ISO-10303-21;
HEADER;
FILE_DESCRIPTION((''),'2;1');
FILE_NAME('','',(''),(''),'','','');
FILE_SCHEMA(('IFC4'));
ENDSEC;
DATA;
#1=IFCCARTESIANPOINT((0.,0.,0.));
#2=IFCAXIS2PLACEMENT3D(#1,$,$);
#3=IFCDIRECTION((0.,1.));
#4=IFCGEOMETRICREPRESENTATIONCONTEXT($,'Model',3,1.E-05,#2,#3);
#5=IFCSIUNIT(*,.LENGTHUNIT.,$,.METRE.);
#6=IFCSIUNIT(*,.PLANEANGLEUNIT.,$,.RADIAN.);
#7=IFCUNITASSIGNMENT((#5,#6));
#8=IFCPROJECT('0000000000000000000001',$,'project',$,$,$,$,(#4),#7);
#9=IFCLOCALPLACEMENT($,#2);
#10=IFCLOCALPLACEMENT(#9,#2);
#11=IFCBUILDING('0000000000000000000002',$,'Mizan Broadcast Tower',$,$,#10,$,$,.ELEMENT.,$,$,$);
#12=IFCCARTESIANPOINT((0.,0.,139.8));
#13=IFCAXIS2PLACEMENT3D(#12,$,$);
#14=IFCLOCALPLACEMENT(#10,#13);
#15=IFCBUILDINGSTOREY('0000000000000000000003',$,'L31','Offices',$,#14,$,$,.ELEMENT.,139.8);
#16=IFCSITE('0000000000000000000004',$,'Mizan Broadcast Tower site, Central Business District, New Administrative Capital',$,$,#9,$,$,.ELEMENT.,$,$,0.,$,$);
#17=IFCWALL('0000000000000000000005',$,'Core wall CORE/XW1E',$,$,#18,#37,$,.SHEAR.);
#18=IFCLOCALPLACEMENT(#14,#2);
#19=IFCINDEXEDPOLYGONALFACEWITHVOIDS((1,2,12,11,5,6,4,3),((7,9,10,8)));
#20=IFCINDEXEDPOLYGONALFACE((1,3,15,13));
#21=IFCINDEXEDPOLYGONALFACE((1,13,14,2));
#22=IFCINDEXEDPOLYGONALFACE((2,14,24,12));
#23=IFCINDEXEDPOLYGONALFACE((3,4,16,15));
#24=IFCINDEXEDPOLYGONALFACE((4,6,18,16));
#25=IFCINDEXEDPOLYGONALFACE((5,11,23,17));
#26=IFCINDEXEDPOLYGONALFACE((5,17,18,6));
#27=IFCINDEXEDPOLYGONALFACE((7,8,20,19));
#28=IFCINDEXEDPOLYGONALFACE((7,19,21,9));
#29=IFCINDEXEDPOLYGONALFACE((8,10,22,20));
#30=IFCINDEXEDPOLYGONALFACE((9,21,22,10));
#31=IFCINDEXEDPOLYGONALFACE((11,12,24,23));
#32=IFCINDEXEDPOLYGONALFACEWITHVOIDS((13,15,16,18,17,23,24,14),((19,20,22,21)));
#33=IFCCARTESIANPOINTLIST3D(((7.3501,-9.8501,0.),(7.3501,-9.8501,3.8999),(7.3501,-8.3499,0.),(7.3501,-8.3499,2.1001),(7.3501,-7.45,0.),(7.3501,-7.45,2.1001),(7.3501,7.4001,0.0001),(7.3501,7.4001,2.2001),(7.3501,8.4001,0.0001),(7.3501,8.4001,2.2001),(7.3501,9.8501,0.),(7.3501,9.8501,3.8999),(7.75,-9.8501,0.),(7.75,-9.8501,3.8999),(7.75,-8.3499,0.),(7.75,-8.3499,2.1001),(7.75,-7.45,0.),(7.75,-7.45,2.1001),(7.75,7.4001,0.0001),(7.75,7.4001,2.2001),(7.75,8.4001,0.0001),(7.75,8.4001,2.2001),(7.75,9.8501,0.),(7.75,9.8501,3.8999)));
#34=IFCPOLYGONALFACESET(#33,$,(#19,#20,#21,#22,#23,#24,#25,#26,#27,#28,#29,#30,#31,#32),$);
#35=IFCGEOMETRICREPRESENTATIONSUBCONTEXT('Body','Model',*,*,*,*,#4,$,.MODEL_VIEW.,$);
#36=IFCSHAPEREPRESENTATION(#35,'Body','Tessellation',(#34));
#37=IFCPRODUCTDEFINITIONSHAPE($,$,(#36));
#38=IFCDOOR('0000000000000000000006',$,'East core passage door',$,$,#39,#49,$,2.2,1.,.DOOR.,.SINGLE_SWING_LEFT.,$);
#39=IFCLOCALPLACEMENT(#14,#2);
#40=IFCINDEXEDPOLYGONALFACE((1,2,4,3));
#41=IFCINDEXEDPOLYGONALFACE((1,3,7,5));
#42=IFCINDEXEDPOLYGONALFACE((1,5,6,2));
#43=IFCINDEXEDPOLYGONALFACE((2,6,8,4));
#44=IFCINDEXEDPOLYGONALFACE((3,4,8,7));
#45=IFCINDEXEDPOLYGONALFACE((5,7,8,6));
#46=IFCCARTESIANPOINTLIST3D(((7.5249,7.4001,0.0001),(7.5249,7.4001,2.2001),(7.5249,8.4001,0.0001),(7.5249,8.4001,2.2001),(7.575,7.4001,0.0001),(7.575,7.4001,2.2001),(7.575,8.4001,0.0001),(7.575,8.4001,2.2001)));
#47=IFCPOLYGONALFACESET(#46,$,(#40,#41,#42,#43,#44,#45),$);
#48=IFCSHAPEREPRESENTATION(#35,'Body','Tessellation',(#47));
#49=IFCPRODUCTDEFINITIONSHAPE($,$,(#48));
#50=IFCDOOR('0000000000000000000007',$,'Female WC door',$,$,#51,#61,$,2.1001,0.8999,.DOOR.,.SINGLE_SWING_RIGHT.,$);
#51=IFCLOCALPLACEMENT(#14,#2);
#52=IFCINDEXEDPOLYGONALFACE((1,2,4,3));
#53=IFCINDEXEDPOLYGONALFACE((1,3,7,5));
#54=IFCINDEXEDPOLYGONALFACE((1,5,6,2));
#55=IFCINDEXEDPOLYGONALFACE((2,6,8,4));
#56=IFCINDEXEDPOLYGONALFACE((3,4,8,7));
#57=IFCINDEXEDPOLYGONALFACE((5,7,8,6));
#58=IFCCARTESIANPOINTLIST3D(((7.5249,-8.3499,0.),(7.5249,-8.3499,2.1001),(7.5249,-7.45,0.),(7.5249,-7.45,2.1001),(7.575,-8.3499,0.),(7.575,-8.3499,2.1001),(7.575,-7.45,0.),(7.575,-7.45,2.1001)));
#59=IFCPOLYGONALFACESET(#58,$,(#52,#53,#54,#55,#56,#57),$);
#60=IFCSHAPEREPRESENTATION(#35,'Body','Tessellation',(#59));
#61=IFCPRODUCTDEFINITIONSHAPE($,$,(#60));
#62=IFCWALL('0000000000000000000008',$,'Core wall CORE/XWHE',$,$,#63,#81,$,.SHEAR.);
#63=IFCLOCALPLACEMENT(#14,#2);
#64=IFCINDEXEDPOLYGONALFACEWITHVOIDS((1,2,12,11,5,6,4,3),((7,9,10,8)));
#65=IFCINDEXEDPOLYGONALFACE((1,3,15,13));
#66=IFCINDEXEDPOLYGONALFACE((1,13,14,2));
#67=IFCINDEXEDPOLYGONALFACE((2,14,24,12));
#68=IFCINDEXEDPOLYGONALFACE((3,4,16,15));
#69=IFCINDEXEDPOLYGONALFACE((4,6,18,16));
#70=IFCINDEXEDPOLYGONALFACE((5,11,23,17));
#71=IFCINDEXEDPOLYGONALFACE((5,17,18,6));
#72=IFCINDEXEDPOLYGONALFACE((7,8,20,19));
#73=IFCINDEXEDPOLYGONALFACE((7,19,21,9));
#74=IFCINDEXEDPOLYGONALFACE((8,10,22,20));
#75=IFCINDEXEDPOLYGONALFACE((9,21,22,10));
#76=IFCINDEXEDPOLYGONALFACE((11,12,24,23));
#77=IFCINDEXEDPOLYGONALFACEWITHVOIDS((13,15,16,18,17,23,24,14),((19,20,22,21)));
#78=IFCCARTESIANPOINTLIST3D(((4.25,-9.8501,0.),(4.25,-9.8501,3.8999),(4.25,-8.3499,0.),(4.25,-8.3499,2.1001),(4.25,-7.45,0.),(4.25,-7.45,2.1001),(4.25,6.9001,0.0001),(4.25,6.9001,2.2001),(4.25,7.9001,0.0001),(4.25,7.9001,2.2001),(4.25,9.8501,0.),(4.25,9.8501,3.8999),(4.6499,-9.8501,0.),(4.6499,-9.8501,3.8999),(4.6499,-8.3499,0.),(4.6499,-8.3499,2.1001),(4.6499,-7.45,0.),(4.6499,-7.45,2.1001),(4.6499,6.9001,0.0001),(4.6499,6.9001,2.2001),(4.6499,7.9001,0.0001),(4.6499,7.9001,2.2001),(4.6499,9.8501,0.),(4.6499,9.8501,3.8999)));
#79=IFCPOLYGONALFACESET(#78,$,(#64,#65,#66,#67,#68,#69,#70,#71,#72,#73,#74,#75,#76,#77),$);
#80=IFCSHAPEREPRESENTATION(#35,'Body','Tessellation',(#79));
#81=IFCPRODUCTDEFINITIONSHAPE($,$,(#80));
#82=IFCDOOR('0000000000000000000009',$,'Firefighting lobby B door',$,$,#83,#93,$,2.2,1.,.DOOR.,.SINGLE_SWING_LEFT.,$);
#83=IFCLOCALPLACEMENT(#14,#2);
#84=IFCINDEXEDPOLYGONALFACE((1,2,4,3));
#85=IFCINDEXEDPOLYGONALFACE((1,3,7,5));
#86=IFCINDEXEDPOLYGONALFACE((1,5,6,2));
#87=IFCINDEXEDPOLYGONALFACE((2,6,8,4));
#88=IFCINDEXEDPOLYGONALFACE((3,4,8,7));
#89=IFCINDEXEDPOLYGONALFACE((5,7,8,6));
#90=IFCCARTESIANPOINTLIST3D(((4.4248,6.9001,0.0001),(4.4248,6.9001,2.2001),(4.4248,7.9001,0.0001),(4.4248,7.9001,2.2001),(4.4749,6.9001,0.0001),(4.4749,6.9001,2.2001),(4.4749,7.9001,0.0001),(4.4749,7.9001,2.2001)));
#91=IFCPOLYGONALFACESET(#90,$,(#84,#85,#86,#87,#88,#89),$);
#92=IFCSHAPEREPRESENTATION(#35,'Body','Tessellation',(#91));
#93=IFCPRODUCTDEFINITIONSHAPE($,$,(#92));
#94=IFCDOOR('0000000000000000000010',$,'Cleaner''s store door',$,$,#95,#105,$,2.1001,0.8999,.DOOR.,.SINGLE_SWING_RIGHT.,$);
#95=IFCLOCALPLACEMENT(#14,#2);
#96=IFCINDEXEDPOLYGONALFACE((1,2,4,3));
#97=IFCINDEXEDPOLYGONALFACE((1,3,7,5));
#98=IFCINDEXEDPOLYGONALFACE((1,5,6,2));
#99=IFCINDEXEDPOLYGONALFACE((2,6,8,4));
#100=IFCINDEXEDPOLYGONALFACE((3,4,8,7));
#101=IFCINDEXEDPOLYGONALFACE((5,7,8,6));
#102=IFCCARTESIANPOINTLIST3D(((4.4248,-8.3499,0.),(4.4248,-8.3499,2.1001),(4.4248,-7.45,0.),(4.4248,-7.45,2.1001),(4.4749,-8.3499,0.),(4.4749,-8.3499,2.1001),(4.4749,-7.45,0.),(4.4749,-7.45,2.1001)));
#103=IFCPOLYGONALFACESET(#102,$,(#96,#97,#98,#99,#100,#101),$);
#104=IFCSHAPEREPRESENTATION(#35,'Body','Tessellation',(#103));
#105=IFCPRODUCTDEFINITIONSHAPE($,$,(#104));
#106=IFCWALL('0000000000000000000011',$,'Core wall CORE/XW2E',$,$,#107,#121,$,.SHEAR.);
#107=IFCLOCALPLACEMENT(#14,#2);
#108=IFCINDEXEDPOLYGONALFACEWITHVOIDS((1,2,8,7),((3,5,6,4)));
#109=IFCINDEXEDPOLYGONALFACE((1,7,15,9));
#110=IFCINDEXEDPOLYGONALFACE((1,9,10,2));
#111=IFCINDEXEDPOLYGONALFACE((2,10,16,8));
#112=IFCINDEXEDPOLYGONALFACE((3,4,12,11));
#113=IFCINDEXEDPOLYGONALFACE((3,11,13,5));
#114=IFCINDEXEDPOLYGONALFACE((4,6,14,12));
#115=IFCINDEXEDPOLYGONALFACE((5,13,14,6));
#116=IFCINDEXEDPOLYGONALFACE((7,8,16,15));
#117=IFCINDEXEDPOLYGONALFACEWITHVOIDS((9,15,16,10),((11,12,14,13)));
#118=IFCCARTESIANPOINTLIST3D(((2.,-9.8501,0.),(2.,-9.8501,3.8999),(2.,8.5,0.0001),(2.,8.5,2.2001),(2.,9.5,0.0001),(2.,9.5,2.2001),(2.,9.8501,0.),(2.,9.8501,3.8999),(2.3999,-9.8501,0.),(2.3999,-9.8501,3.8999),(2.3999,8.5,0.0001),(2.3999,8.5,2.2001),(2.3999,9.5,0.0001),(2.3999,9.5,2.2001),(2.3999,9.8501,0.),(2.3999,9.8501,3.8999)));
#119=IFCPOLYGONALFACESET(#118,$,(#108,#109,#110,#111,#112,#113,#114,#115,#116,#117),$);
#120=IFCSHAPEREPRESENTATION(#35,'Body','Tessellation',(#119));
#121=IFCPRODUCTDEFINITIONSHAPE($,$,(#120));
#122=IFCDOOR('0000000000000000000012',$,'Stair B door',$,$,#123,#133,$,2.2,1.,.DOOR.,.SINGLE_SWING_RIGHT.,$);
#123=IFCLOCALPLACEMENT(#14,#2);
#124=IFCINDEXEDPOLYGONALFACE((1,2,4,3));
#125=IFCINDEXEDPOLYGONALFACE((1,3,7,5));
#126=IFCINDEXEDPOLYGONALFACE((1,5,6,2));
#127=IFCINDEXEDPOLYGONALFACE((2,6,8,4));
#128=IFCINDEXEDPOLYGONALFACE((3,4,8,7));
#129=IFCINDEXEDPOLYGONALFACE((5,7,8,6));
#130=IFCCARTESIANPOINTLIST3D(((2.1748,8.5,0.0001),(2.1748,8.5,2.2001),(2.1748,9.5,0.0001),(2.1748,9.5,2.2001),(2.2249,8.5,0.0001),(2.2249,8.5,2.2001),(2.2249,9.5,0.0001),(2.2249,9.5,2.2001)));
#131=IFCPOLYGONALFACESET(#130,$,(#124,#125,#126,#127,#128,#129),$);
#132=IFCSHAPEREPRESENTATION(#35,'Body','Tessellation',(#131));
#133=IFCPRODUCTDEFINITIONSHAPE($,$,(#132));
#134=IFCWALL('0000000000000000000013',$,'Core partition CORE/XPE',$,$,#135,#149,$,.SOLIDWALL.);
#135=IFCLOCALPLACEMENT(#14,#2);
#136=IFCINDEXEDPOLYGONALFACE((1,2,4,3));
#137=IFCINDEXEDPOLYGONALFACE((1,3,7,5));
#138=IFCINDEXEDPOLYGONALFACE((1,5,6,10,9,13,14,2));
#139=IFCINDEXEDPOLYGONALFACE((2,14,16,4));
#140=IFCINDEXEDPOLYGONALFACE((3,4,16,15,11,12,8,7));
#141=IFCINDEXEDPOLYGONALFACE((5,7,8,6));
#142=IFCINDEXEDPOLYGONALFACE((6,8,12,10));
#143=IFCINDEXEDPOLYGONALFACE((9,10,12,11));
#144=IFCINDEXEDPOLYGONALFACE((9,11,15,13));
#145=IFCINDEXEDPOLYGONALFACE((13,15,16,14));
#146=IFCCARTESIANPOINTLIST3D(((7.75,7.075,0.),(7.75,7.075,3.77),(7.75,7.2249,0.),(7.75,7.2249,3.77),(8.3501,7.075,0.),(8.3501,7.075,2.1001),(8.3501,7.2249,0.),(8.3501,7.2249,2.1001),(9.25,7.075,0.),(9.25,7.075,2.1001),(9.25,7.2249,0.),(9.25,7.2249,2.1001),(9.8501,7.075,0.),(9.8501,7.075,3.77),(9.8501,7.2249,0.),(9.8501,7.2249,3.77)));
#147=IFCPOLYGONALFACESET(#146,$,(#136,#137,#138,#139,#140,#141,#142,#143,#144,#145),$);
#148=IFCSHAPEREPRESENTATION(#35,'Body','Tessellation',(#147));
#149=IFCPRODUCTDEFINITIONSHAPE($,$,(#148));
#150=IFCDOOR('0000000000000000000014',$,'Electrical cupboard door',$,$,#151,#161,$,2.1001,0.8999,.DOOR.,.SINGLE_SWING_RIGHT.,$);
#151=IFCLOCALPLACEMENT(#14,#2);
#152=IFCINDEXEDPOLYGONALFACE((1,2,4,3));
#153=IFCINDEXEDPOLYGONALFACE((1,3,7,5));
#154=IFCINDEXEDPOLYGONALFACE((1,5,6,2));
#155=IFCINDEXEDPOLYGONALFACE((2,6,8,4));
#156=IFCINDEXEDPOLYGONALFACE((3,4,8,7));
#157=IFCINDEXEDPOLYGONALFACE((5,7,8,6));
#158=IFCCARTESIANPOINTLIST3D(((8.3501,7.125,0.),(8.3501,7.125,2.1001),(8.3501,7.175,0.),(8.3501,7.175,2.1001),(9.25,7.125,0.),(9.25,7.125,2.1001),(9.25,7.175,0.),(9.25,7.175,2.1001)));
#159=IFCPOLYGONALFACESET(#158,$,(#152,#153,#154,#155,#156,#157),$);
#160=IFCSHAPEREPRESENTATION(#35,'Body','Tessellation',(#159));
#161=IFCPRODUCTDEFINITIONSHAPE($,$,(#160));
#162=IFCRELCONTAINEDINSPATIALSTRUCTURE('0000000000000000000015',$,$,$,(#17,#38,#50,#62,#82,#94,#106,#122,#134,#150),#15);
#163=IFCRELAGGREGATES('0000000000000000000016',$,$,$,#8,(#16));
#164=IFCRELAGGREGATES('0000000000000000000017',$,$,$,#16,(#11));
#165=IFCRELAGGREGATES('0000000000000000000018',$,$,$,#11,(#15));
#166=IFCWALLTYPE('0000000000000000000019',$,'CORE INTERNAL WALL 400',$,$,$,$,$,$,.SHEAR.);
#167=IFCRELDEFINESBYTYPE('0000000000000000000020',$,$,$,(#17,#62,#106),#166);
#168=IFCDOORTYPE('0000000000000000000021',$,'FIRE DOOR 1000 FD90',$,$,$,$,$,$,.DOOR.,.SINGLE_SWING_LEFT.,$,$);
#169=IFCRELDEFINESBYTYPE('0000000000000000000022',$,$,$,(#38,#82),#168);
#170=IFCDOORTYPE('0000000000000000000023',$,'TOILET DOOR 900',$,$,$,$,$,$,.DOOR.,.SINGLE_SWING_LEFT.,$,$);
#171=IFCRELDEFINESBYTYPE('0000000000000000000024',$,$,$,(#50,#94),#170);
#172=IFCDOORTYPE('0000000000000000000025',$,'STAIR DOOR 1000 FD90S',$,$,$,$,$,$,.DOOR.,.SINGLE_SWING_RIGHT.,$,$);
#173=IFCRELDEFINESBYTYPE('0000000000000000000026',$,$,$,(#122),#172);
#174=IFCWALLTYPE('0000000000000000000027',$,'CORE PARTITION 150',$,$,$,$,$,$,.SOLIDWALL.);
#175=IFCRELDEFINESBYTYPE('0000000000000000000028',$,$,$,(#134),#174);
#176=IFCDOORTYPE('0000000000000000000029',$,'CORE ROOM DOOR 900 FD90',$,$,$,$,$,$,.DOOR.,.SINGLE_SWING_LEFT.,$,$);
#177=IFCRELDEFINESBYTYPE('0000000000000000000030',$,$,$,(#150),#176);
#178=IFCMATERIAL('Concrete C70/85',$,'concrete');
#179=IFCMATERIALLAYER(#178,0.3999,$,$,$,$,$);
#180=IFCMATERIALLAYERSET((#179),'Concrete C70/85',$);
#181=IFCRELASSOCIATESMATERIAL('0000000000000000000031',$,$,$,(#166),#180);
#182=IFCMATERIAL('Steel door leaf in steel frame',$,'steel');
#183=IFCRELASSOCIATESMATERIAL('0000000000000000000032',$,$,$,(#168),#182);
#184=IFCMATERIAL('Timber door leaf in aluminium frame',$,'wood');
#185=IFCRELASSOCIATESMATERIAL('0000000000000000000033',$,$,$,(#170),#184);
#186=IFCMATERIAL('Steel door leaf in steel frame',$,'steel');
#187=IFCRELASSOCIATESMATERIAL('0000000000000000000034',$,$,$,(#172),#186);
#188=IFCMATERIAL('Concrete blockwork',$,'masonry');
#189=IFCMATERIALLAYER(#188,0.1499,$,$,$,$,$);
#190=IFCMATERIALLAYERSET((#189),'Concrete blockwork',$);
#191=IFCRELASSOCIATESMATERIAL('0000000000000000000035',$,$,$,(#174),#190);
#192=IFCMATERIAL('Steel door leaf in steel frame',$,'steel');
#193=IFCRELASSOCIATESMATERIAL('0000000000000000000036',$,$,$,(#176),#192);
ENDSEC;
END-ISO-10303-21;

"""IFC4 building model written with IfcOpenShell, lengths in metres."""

from ifc_helpers import new_model, si_unit, direction, frame, frame_2d, origin, place, context, subcontext, project, spatial, rectangle, extrude, material, layer, layer_set, type_object, element, fill, save


model = new_model("IFC4")

# Units and contexts
model_context = context("Model", 3, precision=1e-05, world=origin(), true_north=direction((0.0, 1.0)))
body_context = subcontext(model_context, "Body", "Model", "MODEL_VIEW")
ifc_project = project(units=[si_unit("LENGTHUNIT", "METRE"), si_unit("PLANEANGLEUNIT", "RADIAN")], contexts=[model_context])

# Site, building, storey
site_placement = place(None, origin())
site = spatial("IfcSite", under=ifc_project, at=site_placement, Name="Mizan Broadcast Tower site, Central Business District, New Administrative Capital", CompositionType="ELEMENT", RefElevation=0.0)
building_placement = place(site_placement, origin())
building = spatial("IfcBuilding", under=site, at=building_placement, Name="Mizan Broadcast Tower", CompositionType="ELEMENT")
storey_placement = place(building_placement, frame((0.0, 0.0, 139.8)))
storey = spatial("IfcBuildingStorey", under=building, at=storey_placement, Name="L31", Description="Offices", CompositionType="ELEMENT", Elevation=139.8)

# Walls, openings, doors
ifc_material_1 = material(Name="Concrete C70/85", Category="concrete")
ifc_layer_1 = layer(ifc_material_1, 0.3999)
ifc_layer_set_1 = layer_set([ifc_layer_1], Name="Concrete C70/85")
wall_type_1 = type_object("IfcWallType", Name="CORE INTERNAL WALL 400", PredefinedType="SHEAR", material=ifc_layer_set_1)
wall_1_placement = place(storey_placement, frame((7.55, 9.8501, 0.0), z_axis=(0.0, 0.0, 1.0), x_axis=(0.0, -1.0, 0.0)))
wall_1 = element("IfcWall", 1, at=wall_1_placement, inside=storey, type_object=wall_type_1, Name="Core wall CORE/XW1E", PredefinedType="SHEAR", context=body_context, shape_type="SweptSolid", body=[
    extrude(rectangle(XDim=19.7002, YDim=0.3999, at=frame_2d((9.8501, 0.0))), origin(), (0.0, 0.0, 1.0), 3.8999),
])
opening_1_placement = place(wall_1_placement, frame((1.45, 0.0, 0.0)))
opening_1 = element("IfcOpeningElement", 2, at=opening_1_placement, cuts=wall_1, PredefinedType="OPENING", context=body_context, shape_type="SweptSolid", body=[
    extrude(rectangle(XDim=1.0, YDim=2.2, at=frame_2d((0.5, 1.1001))), frame((0.0, 0.21, 0.0), z_axis=(0.0, -1.0, 0.0), x_axis=(1.0, 0.0, 0.0)), (0.0, 0.0, 1.0), 0.4199),
])
opening_2_placement = place(wall_1_placement, frame((17.3, 0.0, 0.0)))
opening_2 = element("IfcOpeningElement", 3, at=opening_2_placement, cuts=wall_1, PredefinedType="OPENING", context=body_context, shape_type="SweptSolid", body=[
    extrude(rectangle(XDim=0.8999, YDim=2.1001, at=frame_2d((0.45, 1.05))), frame((0.0, 0.21, 0.0), z_axis=(0.0, -1.0, 0.0), x_axis=(1.0, 0.0, 0.0)), (0.0, 0.0, 1.0), 0.4199),
])
ifc_material_2 = material(Name="Steel door leaf in steel frame", Category="steel")
door_type_1 = type_object("IfcDoorType", Name="FIRE DOOR 1000 FD90", OperationType="SINGLE_SWING_LEFT", PredefinedType="DOOR", material=ifc_material_2)
door_1_placement = place(opening_1_placement, origin())
door_1 = element("IfcDoor", 4, at=door_1_placement, inside=storey, type_object=door_type_1, Name="East core passage door", OperationType="SINGLE_SWING_LEFT", OverallHeight=2.2, OverallWidth=1.0, PredefinedType="DOOR", context=body_context, shape_type="SweptSolid", body=[
    extrude(rectangle(XDim=1.0, YDim=2.2, at=frame_2d((0.5, 1.1001))), frame((0.0, 0.0249, 0.0), z_axis=(0.0, -1.0, 0.0), x_axis=(1.0, 0.0, 0.0)), (0.0, 0.0, 1.0), 0.05),
])
fill(opening_1, door_1)
ifc_material_3 = material(Name="Timber door leaf in aluminium frame", Category="wood")
door_type_2 = type_object("IfcDoorType", Name="TOILET DOOR 900", OperationType="SINGLE_SWING_LEFT", PredefinedType="DOOR", material=ifc_material_3)
door_2_placement = place(opening_2_placement, origin())
door_2 = element("IfcDoor", 5, at=door_2_placement, inside=storey, type_object=door_type_2, Name="Female WC door", OperationType="SINGLE_SWING_RIGHT", OverallHeight=2.1001, OverallWidth=0.8999, PredefinedType="DOOR", context=body_context, shape_type="SweptSolid", body=[
    extrude(rectangle(XDim=0.8999, YDim=2.1001, at=frame_2d((0.45, 1.05))), frame((0.0, 0.0249, 0.0), z_axis=(0.0, -1.0, 0.0), x_axis=(1.0, 0.0, 0.0)), (0.0, 0.0, 1.0), 0.05),
])
fill(opening_2, door_2)
wall_2_placement = place(storey_placement, frame((4.45, 9.8501, 0.0), z_axis=(0.0, 0.0, 1.0), x_axis=(0.0, -1.0, 0.0)))
wall_2 = element("IfcWall", 6, at=wall_2_placement, inside=storey, type_object=wall_type_1, Name="Core wall CORE/XWHE", PredefinedType="SHEAR", context=body_context, shape_type="SweptSolid", body=[
    extrude(rectangle(XDim=19.7002, YDim=0.3999, at=frame_2d((9.8501, 0.0))), origin(), (0.0, 0.0, 1.0), 3.8999),
])
opening_3_placement = place(wall_2_placement, frame((1.95, 0.0, 0.0)))
opening_3 = element("IfcOpeningElement", 7, at=opening_3_placement, cuts=wall_2, PredefinedType="OPENING", context=body_context, shape_type="SweptSolid", body=[
    extrude(rectangle(XDim=1.0, YDim=2.2, at=frame_2d((0.5, 1.1001))), frame((0.0, 0.21, 0.0), z_axis=(0.0, -1.0, 0.0), x_axis=(1.0, 0.0, 0.0)), (0.0, 0.0, 1.0), 0.4199),
])
opening_4_placement = place(wall_2_placement, frame((17.3, 0.0, 0.0)))
opening_4 = element("IfcOpeningElement", 8, at=opening_4_placement, cuts=wall_2, PredefinedType="OPENING", context=body_context, shape_type="SweptSolid", body=[
    extrude(rectangle(XDim=0.8999, YDim=2.1001, at=frame_2d((0.45, 1.05))), frame((0.0, 0.21, 0.0), z_axis=(0.0, -1.0, 0.0), x_axis=(1.0, 0.0, 0.0)), (0.0, 0.0, 1.0), 0.4199),
])
door_3_placement = place(opening_3_placement, origin())
door_3 = element("IfcDoor", 9, at=door_3_placement, inside=storey, type_object=door_type_1, Name="Firefighting lobby B door", OperationType="SINGLE_SWING_LEFT", OverallHeight=2.2, OverallWidth=1.0, PredefinedType="DOOR", context=body_context, shape_type="SweptSolid", body=[
    extrude(rectangle(XDim=1.0, YDim=2.2, at=frame_2d((0.5, 1.1001))), frame((0.0, 0.0249, 0.0), z_axis=(0.0, -1.0, 0.0), x_axis=(1.0, 0.0, 0.0)), (0.0, 0.0, 1.0), 0.05),
])
fill(opening_3, door_3)
door_4_placement = place(opening_4_placement, origin())
door_4 = element("IfcDoor", 10, at=door_4_placement, inside=storey, type_object=door_type_2, Name="Cleaner's store door", OperationType="SINGLE_SWING_RIGHT", OverallHeight=2.1001, OverallWidth=0.8999, PredefinedType="DOOR", context=body_context, shape_type="SweptSolid", body=[
    extrude(rectangle(XDim=0.8999, YDim=2.1001, at=frame_2d((0.45, 1.05))), frame((0.0, 0.0249, 0.0), z_axis=(0.0, -1.0, 0.0), x_axis=(1.0, 0.0, 0.0)), (0.0, 0.0, 1.0), 0.05),
])
fill(opening_4, door_4)

# Walls, openings, doors
wall_3_placement = place(storey_placement, frame((2.2, 9.8501, 0.0), z_axis=(0.0, 0.0, 1.0), x_axis=(0.0, -1.0, 0.0)))
wall_3 = element("IfcWall", 11, at=wall_3_placement, inside=storey, type_object=wall_type_1, Name="Core wall CORE/XW2E", PredefinedType="SHEAR", context=body_context, shape_type="SweptSolid", body=[
    extrude(rectangle(XDim=19.7002, YDim=0.3999, at=frame_2d((9.8501, 0.0))), origin(), (0.0, 0.0, 1.0), 3.8999),
])
opening_5_placement = place(wall_3_placement, frame((0.3501, 0.0, 0.0)))
opening_5 = element("IfcOpeningElement", 12, at=opening_5_placement, cuts=wall_3, PredefinedType="OPENING", context=body_context, shape_type="SweptSolid", body=[
    extrude(rectangle(XDim=1.0, YDim=2.2, at=frame_2d((0.5, 1.1001))), frame((0.0, 0.21, 0.0), z_axis=(0.0, -1.0, 0.0), x_axis=(1.0, 0.0, 0.0)), (0.0, 0.0, 1.0), 0.4199),
])
ifc_material_4 = material(Name="Steel door leaf in steel frame", Category="steel")
door_type_3 = type_object("IfcDoorType", Name="STAIR DOOR 1000 FD90S", OperationType="SINGLE_SWING_RIGHT", PredefinedType="DOOR", material=ifc_material_4)
door_5_placement = place(opening_5_placement, origin())
door_5 = element("IfcDoor", 13, at=door_5_placement, inside=storey, type_object=door_type_3, Name="Stair B door", OperationType="SINGLE_SWING_RIGHT", OverallHeight=2.2, OverallWidth=1.0, PredefinedType="DOOR", context=body_context, shape_type="SweptSolid", body=[
    extrude(rectangle(XDim=1.0, YDim=2.2, at=frame_2d((0.5, 1.1001))), frame((0.0, 0.0249, 0.0), z_axis=(0.0, -1.0, 0.0), x_axis=(1.0, 0.0, 0.0)), (0.0, 0.0, 1.0), 0.05),
])
fill(opening_5, door_5)
ifc_material_5 = material(Name="Concrete blockwork", Category="masonry")
ifc_layer_2 = layer(ifc_material_5, 0.1499)
ifc_layer_set_2 = layer_set([ifc_layer_2], Name="Concrete blockwork")
wall_type_2 = type_object("IfcWallType", Name="CORE PARTITION 150", PredefinedType="SOLIDWALL", material=ifc_layer_set_2)
wall_4_placement = place(storey_placement, frame((9.8501, 7.1499, 0.0), z_axis=(0.0, 0.0, 1.0), x_axis=(-1.0, 0.0, 0.0)))
wall_4 = element("IfcWall", 14, at=wall_4_placement, inside=storey, type_object=wall_type_2, Name="Core partition CORE/XPE", PredefinedType="SOLIDWALL", context=body_context, shape_type="SweptSolid", body=[
    extrude(rectangle(XDim=2.1001, YDim=0.1499, at=frame_2d((1.05, 0.0))), origin(), (0.0, 0.0, 1.0), 3.77),
])
opening_6_placement = place(wall_4_placement, frame((0.6001, 0.0, 0.0)))
opening_6 = element("IfcOpeningElement", 15, at=opening_6_placement, cuts=wall_4, PredefinedType="OPENING", context=body_context, shape_type="SweptSolid", body=[
    extrude(rectangle(XDim=0.8999, YDim=2.1001, at=frame_2d((0.45, 1.05))), frame((0.0, 0.085, 0.0), z_axis=(0.0, -1.0, 0.0), x_axis=(1.0, 0.0, 0.0)), (0.0, 0.0, 1.0), 0.1699),
])
ifc_material_6 = material(Name="Steel door leaf in steel frame", Category="steel")
door_type_4 = type_object("IfcDoorType", Name="CORE ROOM DOOR 900 FD90", OperationType="SINGLE_SWING_LEFT", PredefinedType="DOOR", material=ifc_material_6)
door_6_placement = place(opening_6_placement, origin())
door_6 = element("IfcDoor", 16, at=door_6_placement, inside=storey, type_object=door_type_4, Name="Electrical cupboard door", OperationType="SINGLE_SWING_RIGHT", OverallHeight=2.1001, OverallWidth=0.8999, PredefinedType="DOOR", context=body_context, shape_type="SweptSolid", body=[
    extrude(rectangle(XDim=0.8999, YDim=2.1001, at=frame_2d((0.45, 1.05))), frame((0.0, 0.0249, 0.0), z_axis=(0.0, -1.0, 0.0), x_axis=(1.0, 0.0, 0.0)), (0.0, 0.0, 1.0), 0.05),
])
fill(opening_6, door_6)

save(model, "model.ifc")
